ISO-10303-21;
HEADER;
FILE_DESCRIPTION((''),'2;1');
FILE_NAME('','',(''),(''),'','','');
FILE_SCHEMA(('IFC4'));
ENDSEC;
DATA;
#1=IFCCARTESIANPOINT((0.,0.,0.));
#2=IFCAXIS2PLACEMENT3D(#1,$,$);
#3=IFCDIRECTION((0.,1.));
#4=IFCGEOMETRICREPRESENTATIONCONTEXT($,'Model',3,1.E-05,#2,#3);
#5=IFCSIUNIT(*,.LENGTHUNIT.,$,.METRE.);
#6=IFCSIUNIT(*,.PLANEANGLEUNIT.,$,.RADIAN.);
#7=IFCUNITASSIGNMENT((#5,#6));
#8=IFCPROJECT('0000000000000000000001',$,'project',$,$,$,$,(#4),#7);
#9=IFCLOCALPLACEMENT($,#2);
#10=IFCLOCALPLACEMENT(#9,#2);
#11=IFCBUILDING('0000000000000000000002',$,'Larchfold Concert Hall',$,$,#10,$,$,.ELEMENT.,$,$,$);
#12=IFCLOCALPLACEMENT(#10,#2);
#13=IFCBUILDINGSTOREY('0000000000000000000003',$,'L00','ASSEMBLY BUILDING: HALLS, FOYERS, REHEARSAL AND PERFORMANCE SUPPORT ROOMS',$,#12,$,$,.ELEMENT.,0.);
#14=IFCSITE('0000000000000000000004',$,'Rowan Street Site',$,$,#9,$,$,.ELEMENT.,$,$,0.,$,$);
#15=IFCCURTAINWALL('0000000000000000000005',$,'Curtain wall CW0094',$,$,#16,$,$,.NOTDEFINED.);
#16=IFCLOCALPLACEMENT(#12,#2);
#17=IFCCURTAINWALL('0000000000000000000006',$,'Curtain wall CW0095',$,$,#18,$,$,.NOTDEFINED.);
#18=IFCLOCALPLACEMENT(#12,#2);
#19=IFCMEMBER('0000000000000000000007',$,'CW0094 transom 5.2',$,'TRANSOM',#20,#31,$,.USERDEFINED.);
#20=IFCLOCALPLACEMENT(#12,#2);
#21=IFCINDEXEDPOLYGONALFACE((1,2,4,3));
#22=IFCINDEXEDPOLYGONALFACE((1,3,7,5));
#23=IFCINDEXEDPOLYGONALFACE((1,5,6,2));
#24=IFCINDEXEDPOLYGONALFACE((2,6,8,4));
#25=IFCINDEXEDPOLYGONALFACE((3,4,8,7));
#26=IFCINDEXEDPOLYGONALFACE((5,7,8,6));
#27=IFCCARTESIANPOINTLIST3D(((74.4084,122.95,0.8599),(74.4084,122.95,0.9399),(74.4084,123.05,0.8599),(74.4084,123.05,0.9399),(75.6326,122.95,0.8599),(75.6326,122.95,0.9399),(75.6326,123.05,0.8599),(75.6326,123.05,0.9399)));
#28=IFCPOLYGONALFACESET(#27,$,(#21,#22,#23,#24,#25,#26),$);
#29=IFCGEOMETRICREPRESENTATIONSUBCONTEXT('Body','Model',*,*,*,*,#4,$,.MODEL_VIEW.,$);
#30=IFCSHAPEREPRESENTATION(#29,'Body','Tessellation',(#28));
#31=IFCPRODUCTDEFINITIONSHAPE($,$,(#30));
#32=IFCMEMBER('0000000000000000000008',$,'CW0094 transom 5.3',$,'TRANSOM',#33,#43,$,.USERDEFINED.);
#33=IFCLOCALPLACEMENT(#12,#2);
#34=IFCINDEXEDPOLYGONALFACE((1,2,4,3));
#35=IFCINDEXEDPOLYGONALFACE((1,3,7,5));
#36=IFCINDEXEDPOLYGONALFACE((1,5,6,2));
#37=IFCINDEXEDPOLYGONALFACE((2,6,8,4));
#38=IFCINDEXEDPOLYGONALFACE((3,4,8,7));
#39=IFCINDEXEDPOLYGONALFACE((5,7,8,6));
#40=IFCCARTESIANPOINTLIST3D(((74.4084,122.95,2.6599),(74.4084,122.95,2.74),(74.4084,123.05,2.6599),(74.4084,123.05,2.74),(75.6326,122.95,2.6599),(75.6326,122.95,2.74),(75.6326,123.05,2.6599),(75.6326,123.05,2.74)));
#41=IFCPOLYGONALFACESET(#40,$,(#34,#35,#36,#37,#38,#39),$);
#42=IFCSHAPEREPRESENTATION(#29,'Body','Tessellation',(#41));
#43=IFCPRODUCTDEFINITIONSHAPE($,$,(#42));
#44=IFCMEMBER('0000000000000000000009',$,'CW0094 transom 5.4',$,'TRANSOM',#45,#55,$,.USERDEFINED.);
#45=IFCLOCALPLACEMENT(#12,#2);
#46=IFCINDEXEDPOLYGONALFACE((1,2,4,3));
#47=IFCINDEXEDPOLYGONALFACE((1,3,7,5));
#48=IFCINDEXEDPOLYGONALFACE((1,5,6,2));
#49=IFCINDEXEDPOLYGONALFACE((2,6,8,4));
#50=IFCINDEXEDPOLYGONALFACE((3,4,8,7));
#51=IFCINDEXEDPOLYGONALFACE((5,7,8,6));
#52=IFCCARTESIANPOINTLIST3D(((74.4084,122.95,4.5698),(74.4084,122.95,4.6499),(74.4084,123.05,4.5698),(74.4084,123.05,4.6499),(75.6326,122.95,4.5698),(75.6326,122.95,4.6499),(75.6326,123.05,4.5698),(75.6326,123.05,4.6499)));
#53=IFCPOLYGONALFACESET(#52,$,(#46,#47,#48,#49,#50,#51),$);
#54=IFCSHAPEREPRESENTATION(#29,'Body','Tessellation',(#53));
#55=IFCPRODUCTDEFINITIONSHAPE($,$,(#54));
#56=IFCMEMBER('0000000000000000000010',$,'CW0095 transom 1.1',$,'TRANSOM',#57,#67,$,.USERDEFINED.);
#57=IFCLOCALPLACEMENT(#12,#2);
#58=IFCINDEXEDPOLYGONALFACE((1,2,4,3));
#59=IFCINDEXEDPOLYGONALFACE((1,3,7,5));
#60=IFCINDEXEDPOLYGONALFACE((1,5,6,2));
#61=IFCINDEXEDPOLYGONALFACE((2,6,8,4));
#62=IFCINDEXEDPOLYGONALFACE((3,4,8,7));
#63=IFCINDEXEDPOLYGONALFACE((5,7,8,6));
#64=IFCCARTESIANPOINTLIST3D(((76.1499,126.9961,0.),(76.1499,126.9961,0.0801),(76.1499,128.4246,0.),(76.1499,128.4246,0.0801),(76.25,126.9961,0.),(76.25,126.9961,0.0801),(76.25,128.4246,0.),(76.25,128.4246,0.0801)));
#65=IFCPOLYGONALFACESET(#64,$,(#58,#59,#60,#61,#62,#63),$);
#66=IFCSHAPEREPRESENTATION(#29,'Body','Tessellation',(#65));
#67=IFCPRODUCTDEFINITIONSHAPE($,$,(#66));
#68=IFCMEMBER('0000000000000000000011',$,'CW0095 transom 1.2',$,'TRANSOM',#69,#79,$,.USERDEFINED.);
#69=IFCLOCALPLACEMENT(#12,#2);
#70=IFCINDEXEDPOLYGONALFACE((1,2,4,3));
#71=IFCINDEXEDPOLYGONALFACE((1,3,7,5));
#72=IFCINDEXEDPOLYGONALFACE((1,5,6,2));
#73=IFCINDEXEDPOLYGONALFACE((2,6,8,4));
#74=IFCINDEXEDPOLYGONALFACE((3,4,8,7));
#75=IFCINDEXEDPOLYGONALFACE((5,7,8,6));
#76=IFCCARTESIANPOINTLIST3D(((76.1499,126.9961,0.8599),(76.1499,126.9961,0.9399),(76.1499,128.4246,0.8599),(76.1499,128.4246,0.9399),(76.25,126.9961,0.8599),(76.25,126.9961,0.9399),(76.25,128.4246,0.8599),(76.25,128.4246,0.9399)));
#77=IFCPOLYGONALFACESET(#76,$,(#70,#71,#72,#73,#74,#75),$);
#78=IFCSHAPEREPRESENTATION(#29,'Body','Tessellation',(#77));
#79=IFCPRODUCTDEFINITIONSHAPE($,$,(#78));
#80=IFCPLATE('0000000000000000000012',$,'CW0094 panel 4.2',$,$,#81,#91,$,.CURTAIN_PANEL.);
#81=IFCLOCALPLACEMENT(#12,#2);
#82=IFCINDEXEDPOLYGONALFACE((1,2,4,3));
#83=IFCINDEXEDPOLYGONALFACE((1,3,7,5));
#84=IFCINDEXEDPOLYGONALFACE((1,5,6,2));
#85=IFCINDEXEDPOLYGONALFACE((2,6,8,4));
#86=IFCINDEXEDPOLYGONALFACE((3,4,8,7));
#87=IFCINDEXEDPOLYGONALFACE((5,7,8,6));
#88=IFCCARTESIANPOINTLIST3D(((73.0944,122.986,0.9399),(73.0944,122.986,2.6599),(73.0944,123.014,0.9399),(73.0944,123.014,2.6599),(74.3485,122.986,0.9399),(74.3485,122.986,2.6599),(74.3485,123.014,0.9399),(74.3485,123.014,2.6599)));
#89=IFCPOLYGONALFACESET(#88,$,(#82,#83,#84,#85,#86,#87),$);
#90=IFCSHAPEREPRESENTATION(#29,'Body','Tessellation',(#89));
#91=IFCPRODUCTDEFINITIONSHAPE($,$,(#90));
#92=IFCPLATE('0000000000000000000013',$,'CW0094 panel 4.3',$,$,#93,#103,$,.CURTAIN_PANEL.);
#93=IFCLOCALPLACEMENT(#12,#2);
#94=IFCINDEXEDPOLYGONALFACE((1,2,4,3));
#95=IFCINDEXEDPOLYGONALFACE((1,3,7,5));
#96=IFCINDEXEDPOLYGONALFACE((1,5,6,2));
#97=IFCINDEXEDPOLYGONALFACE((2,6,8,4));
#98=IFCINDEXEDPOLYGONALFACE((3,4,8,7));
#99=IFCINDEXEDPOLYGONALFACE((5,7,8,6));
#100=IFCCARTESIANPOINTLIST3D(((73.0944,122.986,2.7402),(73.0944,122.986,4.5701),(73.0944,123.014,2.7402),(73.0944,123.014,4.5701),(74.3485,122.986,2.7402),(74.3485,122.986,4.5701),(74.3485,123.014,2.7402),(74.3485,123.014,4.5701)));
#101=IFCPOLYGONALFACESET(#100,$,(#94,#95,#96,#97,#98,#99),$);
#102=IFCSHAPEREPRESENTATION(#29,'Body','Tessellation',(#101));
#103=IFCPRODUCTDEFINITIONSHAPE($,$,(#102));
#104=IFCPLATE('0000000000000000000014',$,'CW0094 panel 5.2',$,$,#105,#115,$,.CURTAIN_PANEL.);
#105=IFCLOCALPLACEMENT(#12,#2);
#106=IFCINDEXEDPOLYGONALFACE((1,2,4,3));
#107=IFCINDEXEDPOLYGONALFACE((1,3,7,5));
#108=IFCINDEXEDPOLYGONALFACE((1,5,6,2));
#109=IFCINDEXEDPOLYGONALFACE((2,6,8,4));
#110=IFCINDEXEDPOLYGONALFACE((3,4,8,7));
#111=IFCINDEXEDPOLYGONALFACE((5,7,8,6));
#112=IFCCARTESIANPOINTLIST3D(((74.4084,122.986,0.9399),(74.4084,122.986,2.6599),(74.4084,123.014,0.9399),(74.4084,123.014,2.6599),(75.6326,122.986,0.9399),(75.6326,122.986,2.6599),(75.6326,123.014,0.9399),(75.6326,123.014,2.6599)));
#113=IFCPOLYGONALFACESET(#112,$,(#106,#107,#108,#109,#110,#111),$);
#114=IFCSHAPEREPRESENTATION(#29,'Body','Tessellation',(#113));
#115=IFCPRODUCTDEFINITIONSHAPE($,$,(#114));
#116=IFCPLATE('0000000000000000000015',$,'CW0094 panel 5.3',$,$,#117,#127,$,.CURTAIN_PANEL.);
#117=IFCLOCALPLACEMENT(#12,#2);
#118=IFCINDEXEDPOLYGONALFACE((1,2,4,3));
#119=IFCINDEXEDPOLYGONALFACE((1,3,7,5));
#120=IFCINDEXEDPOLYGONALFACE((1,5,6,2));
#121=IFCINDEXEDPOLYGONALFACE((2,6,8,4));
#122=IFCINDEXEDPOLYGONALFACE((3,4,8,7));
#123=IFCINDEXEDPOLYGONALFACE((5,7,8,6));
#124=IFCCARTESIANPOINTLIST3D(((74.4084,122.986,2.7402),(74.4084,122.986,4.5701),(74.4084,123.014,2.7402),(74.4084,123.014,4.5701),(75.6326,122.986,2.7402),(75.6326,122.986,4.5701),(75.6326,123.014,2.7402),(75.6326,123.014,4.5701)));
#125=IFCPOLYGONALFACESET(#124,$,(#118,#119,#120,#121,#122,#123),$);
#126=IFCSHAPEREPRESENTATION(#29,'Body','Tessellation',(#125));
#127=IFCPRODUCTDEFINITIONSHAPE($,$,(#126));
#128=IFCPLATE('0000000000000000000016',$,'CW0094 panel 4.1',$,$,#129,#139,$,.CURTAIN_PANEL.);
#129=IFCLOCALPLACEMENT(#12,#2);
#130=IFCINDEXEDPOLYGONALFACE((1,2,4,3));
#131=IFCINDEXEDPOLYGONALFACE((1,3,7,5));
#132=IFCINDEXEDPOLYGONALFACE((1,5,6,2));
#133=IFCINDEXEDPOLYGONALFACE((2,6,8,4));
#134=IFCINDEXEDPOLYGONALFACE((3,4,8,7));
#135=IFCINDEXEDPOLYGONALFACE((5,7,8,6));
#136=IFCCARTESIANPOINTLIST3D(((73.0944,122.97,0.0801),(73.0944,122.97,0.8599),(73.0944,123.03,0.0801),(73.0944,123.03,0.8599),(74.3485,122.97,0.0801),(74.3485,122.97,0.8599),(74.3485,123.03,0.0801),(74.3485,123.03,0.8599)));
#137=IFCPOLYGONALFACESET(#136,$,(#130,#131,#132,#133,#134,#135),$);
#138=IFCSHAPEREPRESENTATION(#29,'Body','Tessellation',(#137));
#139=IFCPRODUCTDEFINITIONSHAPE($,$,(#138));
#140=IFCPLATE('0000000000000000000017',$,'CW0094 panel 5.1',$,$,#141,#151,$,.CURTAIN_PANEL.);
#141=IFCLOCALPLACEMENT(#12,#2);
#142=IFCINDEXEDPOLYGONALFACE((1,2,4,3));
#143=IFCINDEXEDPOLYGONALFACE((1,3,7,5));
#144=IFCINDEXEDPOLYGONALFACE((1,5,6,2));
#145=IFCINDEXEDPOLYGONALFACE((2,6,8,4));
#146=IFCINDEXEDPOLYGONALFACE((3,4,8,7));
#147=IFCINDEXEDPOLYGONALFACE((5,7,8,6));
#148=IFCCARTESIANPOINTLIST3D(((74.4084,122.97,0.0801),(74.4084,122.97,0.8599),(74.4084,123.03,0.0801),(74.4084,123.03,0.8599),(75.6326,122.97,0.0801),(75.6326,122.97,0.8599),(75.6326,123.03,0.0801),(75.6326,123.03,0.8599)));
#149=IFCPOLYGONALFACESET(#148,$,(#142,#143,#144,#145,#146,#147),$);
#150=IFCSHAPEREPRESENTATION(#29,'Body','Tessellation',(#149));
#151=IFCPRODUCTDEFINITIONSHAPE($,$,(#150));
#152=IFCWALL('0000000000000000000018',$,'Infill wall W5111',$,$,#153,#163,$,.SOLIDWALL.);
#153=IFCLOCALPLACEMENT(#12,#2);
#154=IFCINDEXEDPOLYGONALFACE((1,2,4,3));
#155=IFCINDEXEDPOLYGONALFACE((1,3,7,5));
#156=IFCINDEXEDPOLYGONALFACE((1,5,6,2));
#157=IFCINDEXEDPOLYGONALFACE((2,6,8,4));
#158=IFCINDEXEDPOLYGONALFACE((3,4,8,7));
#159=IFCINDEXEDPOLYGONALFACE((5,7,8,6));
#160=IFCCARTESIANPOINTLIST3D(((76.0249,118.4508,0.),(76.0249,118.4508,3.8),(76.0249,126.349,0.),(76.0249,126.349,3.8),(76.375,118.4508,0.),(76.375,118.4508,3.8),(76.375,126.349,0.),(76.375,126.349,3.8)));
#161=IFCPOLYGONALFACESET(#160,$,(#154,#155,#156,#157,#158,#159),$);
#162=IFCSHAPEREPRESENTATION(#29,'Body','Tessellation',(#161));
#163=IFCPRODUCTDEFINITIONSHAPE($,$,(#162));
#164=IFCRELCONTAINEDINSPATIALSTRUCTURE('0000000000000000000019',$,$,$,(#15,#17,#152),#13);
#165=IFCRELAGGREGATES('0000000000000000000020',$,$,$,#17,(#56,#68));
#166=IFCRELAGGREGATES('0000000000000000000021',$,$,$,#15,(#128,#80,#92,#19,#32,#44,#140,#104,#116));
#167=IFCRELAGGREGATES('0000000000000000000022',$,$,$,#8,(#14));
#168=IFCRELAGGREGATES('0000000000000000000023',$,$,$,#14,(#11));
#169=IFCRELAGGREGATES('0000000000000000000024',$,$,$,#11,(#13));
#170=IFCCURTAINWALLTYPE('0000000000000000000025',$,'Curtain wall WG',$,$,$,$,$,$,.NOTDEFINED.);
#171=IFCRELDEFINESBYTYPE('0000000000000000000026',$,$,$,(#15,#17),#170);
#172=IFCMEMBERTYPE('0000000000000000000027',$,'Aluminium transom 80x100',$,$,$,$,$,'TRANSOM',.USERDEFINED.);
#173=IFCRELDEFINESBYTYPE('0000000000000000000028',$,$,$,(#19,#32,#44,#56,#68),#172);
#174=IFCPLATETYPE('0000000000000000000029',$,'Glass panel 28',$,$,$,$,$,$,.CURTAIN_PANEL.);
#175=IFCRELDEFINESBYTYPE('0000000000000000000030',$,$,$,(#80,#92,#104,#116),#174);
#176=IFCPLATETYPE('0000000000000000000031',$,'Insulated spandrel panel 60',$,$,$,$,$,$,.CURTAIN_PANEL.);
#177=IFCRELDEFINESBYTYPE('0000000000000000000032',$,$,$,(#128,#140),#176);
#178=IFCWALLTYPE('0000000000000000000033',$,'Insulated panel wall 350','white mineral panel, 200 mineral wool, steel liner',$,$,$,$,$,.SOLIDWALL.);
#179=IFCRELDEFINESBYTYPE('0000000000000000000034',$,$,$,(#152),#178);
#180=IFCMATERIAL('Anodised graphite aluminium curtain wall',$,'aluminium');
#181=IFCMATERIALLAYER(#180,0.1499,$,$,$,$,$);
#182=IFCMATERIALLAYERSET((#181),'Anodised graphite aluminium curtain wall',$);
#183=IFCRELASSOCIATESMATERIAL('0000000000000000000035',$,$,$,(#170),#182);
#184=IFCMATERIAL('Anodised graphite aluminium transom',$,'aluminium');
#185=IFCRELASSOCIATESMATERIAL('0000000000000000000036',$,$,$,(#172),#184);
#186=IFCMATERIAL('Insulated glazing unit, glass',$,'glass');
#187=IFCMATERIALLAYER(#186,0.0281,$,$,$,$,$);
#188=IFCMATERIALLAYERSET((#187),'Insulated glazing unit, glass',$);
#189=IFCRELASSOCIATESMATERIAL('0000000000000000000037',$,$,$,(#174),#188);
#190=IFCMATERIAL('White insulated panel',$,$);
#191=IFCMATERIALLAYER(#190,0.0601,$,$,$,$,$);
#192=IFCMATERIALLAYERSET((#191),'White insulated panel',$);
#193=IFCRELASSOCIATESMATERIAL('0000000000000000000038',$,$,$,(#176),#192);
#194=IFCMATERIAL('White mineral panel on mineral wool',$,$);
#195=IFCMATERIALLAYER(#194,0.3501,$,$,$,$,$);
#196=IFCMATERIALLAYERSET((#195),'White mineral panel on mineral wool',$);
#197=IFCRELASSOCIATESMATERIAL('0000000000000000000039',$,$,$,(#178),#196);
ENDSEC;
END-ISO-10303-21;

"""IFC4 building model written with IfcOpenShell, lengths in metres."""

from ifc_helpers import new_model, si_unit, direction, frame, frame_2d, origin, origin_2d, place, context, subcontext, project, spatial, rectangle, extrude, material, layer, layer_set, material_profile, profile_set, type_object, element, aggregate, save


model = new_model("IFC4")

# Units and contexts
model_context = context("Model", 3, precision=1e-05, world=origin(), true_north=direction((0.0, 1.0)))
body_context = subcontext(model_context, "Body", "Model", "MODEL_VIEW")
ifc_project = project(units=[si_unit("LENGTHUNIT", "METRE"), si_unit("PLANEANGLEUNIT", "RADIAN")], contexts=[model_context])

# Site, building, storey
site_placement = place(None, origin())
site = spatial("IfcSite", under=ifc_project, at=site_placement, Name="Rowan Street Site", CompositionType="ELEMENT", RefElevation=0.0)
building_placement = place(site_placement, origin())
building = spatial("IfcBuilding", under=site, at=building_placement, Name="Larchfold Concert Hall", CompositionType="ELEMENT")
storey_placement = place(building_placement, origin())
storey = spatial("IfcBuildingStorey", under=building, at=storey_placement, Name="L00", Description="ASSEMBLY BUILDING: HALLS, FOYERS, REHEARSAL AND PERFORMANCE SUPPORT ROOMS", CompositionType="ELEMENT", Elevation=0.0)

# Curtain wall
ifc_material_1 = material(Name="Anodised graphite aluminium curtain wall", Category="aluminium")
ifc_layer_1 = layer(ifc_material_1, 0.1499)
ifc_layer_set_1 = layer_set([ifc_layer_1], Name="Anodised graphite aluminium curtain wall")
curtain_wall_type = type_object("IfcCurtainWallType", Name="Curtain wall WG", PredefinedType="NOTDEFINED", material=ifc_layer_set_1)
curtain_wall_1_placement = place(storey_placement, origin())
curtain_wall_1 = element("IfcCurtainWall", 1, at=curtain_wall_1_placement, inside=storey, type_object=curtain_wall_type, Name="Curtain wall CW0094", PredefinedType="NOTDEFINED")

# Curtain wall
curtain_wall_2_placement = place(storey_placement, origin())
curtain_wall_2 = element("IfcCurtainWall", 2, at=curtain_wall_2_placement, inside=storey, type_object=curtain_wall_type, Name="Curtain wall CW0095", PredefinedType="NOTDEFINED")

# Members
ifc_material_2 = material(Name="Anodised graphite aluminium transom", Category="aluminium")
ifc_material_profile_1 = material_profile(ifc_material_2, rectangle(XDim=0.1001, YDim=0.0801, at=origin_2d()))
ifc_profile_set_1 = profile_set([ifc_material_profile_1], Name="Anodised graphite aluminium transom")
member_type_1 = type_object("IfcMemberType", Name="Aluminium transom 80x100", ElementType="TRANSOM", PredefinedType="USERDEFINED", material=ifc_profile_set_1)
member_1_placement = place(storey_placement, frame((74.4084, 123.0, 0.8999), z_axis=(1.0, 0.0, 0.0), x_axis=(0.0, 1.0, 0.0)))
member_1 = element("IfcMember", 3, at=member_1_placement, type_object=member_type_1, Name="CW0094 transom 5.2", ObjectType="TRANSOM", PredefinedType="USERDEFINED", context=body_context, shape_type="SweptSolid", body=[
    extrude(rectangle(XDim=0.1001, YDim=0.0801, at=origin_2d()), origin(), (0.0, 0.0, 1.0), 1.2241),
])
member_2_placement = place(storey_placement, frame((74.4084, 123.0, 2.7), z_axis=(1.0, 0.0, 0.0), x_axis=(0.0, 1.0, 0.0)))
member_2 = element("IfcMember", 4, at=member_2_placement, type_object=member_type_1, Name="CW0094 transom 5.3", ObjectType="TRANSOM", PredefinedType="USERDEFINED", context=body_context, shape_type="SweptSolid", body=[
    extrude(rectangle(XDim=0.1001, YDim=0.0801, at=origin_2d()), origin(), (0.0, 0.0, 1.0), 1.2241),
])
member_3_placement = place(storey_placement, frame((74.4084, 123.0, 4.6099), z_axis=(1.0, 0.0, 0.0), x_axis=(0.0, 1.0, 0.0)))
member_3 = element("IfcMember", 5, at=member_3_placement, type_object=member_type_1, Name="CW0094 transom 5.4", ObjectType="TRANSOM", PredefinedType="USERDEFINED", context=body_context, shape_type="SweptSolid", body=[
    extrude(rectangle(XDim=0.1001, YDim=0.0801, at=origin_2d()), origin(), (0.0, 0.0, 1.0), 1.2241),
])
member_4_placement = place(storey_placement, frame((76.2, 126.9961, 0.04), z_axis=(0.0, 1.0, 0.0), x_axis=(-1.0, 0.0, 0.0)))
member_4 = element("IfcMember", 6, at=member_4_placement, type_object=member_type_1, Name="CW0095 transom 1.1", ObjectType="TRANSOM", PredefinedType="USERDEFINED", context=body_context, shape_type="SweptSolid", body=[
    extrude(rectangle(XDim=0.1001, YDim=0.0801, at=origin_2d()), origin(), (0.0, 0.0, 1.0), 1.4285),
])
member_5_placement = place(storey_placement, frame((76.2, 126.9961, 0.8999), z_axis=(0.0, 1.0, 0.0), x_axis=(-1.0, 0.0, 0.0)))
member_5 = element("IfcMember", 7, at=member_5_placement, type_object=member_type_1, Name="CW0095 transom 1.2", ObjectType="TRANSOM", PredefinedType="USERDEFINED", context=body_context, shape_type="SweptSolid", body=[
    extrude(rectangle(XDim=0.1001, YDim=0.0801, at=origin_2d()), origin(), (0.0, 0.0, 1.0), 1.4285),
])
aggregate(curtain_wall_2, [member_4, member_5])

# Plates
ifc_material_3 = material(Name="Insulated glazing unit, glass", Category="glass")
ifc_layer_2 = layer(ifc_material_3, 0.0281)
ifc_layer_set_2 = layer_set([ifc_layer_2], Name="Insulated glazing unit, glass")
plate_type_1 = type_object("IfcPlateType", Name="Glass panel 28", PredefinedType="CURTAIN_PANEL", material=ifc_layer_set_2)
plate_1_placement = place(storey_placement, frame((73.7214, 123.0, 0.9399), z_axis=(0.0, 0.0, 1.0), x_axis=(1.0, 0.0, 0.0)))
plate_1 = element("IfcPlate", 8, at=plate_1_placement, type_object=plate_type_1, Name="CW0094 panel 4.2", PredefinedType="CURTAIN_PANEL", context=body_context, shape_type="SweptSolid", body=[
    extrude(rectangle(XDim=1.2542, YDim=0.0281, at=origin_2d()), origin(), (0.0, 0.0, 1.0), 1.72),
])
plate_2_placement = place(storey_placement, frame((73.7214, 123.0, 2.7402), z_axis=(0.0, 0.0, 1.0), x_axis=(1.0, 0.0, 0.0)))
plate_2 = element("IfcPlate", 9, at=plate_2_placement, type_object=plate_type_1, Name="CW0094 panel 4.3", PredefinedType="CURTAIN_PANEL", context=body_context, shape_type="SweptSolid", body=[
    extrude(rectangle(XDim=1.2542, YDim=0.0281, at=origin_2d()), origin(), (0.0, 0.0, 1.0), 1.8298),
])
plate_3_placement = place(storey_placement, frame((75.0205, 123.0, 0.9399), z_axis=(0.0, 0.0, 1.0), x_axis=(1.0, 0.0, 0.0)))
plate_3 = element("IfcPlate", 10, at=plate_3_placement, type_object=plate_type_1, Name="CW0094 panel 5.2", PredefinedType="CURTAIN_PANEL", context=body_context, shape_type="SweptSolid", body=[
    extrude(rectangle(XDim=1.2241, YDim=0.0281, at=origin_2d()), origin(), (0.0, 0.0, 1.0), 1.72),
])
plate_4_placement = place(storey_placement, frame((75.0205, 123.0, 2.7402), z_axis=(0.0, 0.0, 1.0), x_axis=(1.0, 0.0, 0.0)))
plate_4 = element("IfcPlate", 11, at=plate_4_placement, type_object=plate_type_1, Name="CW0094 panel 5.3", PredefinedType="CURTAIN_PANEL", context=body_context, shape_type="SweptSolid", body=[
    extrude(rectangle(XDim=1.2241, YDim=0.0281, at=origin_2d()), origin(), (0.0, 0.0, 1.0), 1.8298),
])
ifc_material_4 = material(Name="White insulated panel")
ifc_layer_3 = layer(ifc_material_4, 0.0601)
ifc_layer_set_3 = layer_set([ifc_layer_3], Name="White insulated panel")
plate_type_2 = type_object("IfcPlateType", Name="Insulated spandrel panel 60", PredefinedType="CURTAIN_PANEL", material=ifc_layer_set_3)
plate_5_placement = place(storey_placement, frame((73.7214, 123.0, 0.0801), z_axis=(0.0, 0.0, 1.0), x_axis=(1.0, 0.0, 0.0)))
plate_5 = element("IfcPlate", 12, at=plate_5_placement, type_object=plate_type_2, Name="CW0094 panel 4.1", PredefinedType="CURTAIN_PANEL", context=body_context, shape_type="SweptSolid", body=[
    extrude(rectangle(XDim=1.2542, YDim=0.0601, at=origin_2d()), origin(), (0.0, 0.0, 1.0), 0.7798),
])
plate_6_placement = place(storey_placement, frame((75.0205, 123.0, 0.0801), z_axis=(0.0, 0.0, 1.0), x_axis=(1.0, 0.0, 0.0)))
plate_6 = element("IfcPlate", 13, at=plate_6_placement, type_object=plate_type_2, Name="CW0094 panel 5.1", PredefinedType="CURTAIN_PANEL", context=body_context, shape_type="SweptSolid", body=[
    extrude(rectangle(XDim=1.2241, YDim=0.0601, at=origin_2d()), origin(), (0.0, 0.0, 1.0), 0.7798),
])
aggregate(curtain_wall_1, [plate_5, plate_1, plate_2, member_1, member_2, member_3, plate_6, plate_3, plate_4])

# Wall
ifc_material_5 = material(Name="White mineral panel on mineral wool")
ifc_layer_4 = layer(ifc_material_5, 0.3501)
ifc_layer_set_4 = layer_set([ifc_layer_4], Name="White mineral panel on mineral wool")
wall_type = type_object("IfcWallType", Name="Insulated panel wall 350", Description="white mineral panel, 200 mineral wool, steel liner", PredefinedType="SOLIDWALL", material=ifc_layer_set_4)
wall_1_placement = place(storey_placement, frame((76.2, 126.3491, 0.0), z_axis=(0.0, 0.0, 1.0), x_axis=(0.0, -1.0, 0.0)))
element("IfcWall", 14, at=wall_1_placement, inside=storey, type_object=wall_type, Name="Infill wall W5111", PredefinedType="SOLIDWALL", context=body_context, shape_type="SweptSolid", body=[
    extrude(rectangle(XDim=7.8982, YDim=0.3501, at=frame_2d((3.9492, 0.0))), origin(), (0.0, 0.0, 1.0), 3.8),
])

save(model, "model.ifc")
